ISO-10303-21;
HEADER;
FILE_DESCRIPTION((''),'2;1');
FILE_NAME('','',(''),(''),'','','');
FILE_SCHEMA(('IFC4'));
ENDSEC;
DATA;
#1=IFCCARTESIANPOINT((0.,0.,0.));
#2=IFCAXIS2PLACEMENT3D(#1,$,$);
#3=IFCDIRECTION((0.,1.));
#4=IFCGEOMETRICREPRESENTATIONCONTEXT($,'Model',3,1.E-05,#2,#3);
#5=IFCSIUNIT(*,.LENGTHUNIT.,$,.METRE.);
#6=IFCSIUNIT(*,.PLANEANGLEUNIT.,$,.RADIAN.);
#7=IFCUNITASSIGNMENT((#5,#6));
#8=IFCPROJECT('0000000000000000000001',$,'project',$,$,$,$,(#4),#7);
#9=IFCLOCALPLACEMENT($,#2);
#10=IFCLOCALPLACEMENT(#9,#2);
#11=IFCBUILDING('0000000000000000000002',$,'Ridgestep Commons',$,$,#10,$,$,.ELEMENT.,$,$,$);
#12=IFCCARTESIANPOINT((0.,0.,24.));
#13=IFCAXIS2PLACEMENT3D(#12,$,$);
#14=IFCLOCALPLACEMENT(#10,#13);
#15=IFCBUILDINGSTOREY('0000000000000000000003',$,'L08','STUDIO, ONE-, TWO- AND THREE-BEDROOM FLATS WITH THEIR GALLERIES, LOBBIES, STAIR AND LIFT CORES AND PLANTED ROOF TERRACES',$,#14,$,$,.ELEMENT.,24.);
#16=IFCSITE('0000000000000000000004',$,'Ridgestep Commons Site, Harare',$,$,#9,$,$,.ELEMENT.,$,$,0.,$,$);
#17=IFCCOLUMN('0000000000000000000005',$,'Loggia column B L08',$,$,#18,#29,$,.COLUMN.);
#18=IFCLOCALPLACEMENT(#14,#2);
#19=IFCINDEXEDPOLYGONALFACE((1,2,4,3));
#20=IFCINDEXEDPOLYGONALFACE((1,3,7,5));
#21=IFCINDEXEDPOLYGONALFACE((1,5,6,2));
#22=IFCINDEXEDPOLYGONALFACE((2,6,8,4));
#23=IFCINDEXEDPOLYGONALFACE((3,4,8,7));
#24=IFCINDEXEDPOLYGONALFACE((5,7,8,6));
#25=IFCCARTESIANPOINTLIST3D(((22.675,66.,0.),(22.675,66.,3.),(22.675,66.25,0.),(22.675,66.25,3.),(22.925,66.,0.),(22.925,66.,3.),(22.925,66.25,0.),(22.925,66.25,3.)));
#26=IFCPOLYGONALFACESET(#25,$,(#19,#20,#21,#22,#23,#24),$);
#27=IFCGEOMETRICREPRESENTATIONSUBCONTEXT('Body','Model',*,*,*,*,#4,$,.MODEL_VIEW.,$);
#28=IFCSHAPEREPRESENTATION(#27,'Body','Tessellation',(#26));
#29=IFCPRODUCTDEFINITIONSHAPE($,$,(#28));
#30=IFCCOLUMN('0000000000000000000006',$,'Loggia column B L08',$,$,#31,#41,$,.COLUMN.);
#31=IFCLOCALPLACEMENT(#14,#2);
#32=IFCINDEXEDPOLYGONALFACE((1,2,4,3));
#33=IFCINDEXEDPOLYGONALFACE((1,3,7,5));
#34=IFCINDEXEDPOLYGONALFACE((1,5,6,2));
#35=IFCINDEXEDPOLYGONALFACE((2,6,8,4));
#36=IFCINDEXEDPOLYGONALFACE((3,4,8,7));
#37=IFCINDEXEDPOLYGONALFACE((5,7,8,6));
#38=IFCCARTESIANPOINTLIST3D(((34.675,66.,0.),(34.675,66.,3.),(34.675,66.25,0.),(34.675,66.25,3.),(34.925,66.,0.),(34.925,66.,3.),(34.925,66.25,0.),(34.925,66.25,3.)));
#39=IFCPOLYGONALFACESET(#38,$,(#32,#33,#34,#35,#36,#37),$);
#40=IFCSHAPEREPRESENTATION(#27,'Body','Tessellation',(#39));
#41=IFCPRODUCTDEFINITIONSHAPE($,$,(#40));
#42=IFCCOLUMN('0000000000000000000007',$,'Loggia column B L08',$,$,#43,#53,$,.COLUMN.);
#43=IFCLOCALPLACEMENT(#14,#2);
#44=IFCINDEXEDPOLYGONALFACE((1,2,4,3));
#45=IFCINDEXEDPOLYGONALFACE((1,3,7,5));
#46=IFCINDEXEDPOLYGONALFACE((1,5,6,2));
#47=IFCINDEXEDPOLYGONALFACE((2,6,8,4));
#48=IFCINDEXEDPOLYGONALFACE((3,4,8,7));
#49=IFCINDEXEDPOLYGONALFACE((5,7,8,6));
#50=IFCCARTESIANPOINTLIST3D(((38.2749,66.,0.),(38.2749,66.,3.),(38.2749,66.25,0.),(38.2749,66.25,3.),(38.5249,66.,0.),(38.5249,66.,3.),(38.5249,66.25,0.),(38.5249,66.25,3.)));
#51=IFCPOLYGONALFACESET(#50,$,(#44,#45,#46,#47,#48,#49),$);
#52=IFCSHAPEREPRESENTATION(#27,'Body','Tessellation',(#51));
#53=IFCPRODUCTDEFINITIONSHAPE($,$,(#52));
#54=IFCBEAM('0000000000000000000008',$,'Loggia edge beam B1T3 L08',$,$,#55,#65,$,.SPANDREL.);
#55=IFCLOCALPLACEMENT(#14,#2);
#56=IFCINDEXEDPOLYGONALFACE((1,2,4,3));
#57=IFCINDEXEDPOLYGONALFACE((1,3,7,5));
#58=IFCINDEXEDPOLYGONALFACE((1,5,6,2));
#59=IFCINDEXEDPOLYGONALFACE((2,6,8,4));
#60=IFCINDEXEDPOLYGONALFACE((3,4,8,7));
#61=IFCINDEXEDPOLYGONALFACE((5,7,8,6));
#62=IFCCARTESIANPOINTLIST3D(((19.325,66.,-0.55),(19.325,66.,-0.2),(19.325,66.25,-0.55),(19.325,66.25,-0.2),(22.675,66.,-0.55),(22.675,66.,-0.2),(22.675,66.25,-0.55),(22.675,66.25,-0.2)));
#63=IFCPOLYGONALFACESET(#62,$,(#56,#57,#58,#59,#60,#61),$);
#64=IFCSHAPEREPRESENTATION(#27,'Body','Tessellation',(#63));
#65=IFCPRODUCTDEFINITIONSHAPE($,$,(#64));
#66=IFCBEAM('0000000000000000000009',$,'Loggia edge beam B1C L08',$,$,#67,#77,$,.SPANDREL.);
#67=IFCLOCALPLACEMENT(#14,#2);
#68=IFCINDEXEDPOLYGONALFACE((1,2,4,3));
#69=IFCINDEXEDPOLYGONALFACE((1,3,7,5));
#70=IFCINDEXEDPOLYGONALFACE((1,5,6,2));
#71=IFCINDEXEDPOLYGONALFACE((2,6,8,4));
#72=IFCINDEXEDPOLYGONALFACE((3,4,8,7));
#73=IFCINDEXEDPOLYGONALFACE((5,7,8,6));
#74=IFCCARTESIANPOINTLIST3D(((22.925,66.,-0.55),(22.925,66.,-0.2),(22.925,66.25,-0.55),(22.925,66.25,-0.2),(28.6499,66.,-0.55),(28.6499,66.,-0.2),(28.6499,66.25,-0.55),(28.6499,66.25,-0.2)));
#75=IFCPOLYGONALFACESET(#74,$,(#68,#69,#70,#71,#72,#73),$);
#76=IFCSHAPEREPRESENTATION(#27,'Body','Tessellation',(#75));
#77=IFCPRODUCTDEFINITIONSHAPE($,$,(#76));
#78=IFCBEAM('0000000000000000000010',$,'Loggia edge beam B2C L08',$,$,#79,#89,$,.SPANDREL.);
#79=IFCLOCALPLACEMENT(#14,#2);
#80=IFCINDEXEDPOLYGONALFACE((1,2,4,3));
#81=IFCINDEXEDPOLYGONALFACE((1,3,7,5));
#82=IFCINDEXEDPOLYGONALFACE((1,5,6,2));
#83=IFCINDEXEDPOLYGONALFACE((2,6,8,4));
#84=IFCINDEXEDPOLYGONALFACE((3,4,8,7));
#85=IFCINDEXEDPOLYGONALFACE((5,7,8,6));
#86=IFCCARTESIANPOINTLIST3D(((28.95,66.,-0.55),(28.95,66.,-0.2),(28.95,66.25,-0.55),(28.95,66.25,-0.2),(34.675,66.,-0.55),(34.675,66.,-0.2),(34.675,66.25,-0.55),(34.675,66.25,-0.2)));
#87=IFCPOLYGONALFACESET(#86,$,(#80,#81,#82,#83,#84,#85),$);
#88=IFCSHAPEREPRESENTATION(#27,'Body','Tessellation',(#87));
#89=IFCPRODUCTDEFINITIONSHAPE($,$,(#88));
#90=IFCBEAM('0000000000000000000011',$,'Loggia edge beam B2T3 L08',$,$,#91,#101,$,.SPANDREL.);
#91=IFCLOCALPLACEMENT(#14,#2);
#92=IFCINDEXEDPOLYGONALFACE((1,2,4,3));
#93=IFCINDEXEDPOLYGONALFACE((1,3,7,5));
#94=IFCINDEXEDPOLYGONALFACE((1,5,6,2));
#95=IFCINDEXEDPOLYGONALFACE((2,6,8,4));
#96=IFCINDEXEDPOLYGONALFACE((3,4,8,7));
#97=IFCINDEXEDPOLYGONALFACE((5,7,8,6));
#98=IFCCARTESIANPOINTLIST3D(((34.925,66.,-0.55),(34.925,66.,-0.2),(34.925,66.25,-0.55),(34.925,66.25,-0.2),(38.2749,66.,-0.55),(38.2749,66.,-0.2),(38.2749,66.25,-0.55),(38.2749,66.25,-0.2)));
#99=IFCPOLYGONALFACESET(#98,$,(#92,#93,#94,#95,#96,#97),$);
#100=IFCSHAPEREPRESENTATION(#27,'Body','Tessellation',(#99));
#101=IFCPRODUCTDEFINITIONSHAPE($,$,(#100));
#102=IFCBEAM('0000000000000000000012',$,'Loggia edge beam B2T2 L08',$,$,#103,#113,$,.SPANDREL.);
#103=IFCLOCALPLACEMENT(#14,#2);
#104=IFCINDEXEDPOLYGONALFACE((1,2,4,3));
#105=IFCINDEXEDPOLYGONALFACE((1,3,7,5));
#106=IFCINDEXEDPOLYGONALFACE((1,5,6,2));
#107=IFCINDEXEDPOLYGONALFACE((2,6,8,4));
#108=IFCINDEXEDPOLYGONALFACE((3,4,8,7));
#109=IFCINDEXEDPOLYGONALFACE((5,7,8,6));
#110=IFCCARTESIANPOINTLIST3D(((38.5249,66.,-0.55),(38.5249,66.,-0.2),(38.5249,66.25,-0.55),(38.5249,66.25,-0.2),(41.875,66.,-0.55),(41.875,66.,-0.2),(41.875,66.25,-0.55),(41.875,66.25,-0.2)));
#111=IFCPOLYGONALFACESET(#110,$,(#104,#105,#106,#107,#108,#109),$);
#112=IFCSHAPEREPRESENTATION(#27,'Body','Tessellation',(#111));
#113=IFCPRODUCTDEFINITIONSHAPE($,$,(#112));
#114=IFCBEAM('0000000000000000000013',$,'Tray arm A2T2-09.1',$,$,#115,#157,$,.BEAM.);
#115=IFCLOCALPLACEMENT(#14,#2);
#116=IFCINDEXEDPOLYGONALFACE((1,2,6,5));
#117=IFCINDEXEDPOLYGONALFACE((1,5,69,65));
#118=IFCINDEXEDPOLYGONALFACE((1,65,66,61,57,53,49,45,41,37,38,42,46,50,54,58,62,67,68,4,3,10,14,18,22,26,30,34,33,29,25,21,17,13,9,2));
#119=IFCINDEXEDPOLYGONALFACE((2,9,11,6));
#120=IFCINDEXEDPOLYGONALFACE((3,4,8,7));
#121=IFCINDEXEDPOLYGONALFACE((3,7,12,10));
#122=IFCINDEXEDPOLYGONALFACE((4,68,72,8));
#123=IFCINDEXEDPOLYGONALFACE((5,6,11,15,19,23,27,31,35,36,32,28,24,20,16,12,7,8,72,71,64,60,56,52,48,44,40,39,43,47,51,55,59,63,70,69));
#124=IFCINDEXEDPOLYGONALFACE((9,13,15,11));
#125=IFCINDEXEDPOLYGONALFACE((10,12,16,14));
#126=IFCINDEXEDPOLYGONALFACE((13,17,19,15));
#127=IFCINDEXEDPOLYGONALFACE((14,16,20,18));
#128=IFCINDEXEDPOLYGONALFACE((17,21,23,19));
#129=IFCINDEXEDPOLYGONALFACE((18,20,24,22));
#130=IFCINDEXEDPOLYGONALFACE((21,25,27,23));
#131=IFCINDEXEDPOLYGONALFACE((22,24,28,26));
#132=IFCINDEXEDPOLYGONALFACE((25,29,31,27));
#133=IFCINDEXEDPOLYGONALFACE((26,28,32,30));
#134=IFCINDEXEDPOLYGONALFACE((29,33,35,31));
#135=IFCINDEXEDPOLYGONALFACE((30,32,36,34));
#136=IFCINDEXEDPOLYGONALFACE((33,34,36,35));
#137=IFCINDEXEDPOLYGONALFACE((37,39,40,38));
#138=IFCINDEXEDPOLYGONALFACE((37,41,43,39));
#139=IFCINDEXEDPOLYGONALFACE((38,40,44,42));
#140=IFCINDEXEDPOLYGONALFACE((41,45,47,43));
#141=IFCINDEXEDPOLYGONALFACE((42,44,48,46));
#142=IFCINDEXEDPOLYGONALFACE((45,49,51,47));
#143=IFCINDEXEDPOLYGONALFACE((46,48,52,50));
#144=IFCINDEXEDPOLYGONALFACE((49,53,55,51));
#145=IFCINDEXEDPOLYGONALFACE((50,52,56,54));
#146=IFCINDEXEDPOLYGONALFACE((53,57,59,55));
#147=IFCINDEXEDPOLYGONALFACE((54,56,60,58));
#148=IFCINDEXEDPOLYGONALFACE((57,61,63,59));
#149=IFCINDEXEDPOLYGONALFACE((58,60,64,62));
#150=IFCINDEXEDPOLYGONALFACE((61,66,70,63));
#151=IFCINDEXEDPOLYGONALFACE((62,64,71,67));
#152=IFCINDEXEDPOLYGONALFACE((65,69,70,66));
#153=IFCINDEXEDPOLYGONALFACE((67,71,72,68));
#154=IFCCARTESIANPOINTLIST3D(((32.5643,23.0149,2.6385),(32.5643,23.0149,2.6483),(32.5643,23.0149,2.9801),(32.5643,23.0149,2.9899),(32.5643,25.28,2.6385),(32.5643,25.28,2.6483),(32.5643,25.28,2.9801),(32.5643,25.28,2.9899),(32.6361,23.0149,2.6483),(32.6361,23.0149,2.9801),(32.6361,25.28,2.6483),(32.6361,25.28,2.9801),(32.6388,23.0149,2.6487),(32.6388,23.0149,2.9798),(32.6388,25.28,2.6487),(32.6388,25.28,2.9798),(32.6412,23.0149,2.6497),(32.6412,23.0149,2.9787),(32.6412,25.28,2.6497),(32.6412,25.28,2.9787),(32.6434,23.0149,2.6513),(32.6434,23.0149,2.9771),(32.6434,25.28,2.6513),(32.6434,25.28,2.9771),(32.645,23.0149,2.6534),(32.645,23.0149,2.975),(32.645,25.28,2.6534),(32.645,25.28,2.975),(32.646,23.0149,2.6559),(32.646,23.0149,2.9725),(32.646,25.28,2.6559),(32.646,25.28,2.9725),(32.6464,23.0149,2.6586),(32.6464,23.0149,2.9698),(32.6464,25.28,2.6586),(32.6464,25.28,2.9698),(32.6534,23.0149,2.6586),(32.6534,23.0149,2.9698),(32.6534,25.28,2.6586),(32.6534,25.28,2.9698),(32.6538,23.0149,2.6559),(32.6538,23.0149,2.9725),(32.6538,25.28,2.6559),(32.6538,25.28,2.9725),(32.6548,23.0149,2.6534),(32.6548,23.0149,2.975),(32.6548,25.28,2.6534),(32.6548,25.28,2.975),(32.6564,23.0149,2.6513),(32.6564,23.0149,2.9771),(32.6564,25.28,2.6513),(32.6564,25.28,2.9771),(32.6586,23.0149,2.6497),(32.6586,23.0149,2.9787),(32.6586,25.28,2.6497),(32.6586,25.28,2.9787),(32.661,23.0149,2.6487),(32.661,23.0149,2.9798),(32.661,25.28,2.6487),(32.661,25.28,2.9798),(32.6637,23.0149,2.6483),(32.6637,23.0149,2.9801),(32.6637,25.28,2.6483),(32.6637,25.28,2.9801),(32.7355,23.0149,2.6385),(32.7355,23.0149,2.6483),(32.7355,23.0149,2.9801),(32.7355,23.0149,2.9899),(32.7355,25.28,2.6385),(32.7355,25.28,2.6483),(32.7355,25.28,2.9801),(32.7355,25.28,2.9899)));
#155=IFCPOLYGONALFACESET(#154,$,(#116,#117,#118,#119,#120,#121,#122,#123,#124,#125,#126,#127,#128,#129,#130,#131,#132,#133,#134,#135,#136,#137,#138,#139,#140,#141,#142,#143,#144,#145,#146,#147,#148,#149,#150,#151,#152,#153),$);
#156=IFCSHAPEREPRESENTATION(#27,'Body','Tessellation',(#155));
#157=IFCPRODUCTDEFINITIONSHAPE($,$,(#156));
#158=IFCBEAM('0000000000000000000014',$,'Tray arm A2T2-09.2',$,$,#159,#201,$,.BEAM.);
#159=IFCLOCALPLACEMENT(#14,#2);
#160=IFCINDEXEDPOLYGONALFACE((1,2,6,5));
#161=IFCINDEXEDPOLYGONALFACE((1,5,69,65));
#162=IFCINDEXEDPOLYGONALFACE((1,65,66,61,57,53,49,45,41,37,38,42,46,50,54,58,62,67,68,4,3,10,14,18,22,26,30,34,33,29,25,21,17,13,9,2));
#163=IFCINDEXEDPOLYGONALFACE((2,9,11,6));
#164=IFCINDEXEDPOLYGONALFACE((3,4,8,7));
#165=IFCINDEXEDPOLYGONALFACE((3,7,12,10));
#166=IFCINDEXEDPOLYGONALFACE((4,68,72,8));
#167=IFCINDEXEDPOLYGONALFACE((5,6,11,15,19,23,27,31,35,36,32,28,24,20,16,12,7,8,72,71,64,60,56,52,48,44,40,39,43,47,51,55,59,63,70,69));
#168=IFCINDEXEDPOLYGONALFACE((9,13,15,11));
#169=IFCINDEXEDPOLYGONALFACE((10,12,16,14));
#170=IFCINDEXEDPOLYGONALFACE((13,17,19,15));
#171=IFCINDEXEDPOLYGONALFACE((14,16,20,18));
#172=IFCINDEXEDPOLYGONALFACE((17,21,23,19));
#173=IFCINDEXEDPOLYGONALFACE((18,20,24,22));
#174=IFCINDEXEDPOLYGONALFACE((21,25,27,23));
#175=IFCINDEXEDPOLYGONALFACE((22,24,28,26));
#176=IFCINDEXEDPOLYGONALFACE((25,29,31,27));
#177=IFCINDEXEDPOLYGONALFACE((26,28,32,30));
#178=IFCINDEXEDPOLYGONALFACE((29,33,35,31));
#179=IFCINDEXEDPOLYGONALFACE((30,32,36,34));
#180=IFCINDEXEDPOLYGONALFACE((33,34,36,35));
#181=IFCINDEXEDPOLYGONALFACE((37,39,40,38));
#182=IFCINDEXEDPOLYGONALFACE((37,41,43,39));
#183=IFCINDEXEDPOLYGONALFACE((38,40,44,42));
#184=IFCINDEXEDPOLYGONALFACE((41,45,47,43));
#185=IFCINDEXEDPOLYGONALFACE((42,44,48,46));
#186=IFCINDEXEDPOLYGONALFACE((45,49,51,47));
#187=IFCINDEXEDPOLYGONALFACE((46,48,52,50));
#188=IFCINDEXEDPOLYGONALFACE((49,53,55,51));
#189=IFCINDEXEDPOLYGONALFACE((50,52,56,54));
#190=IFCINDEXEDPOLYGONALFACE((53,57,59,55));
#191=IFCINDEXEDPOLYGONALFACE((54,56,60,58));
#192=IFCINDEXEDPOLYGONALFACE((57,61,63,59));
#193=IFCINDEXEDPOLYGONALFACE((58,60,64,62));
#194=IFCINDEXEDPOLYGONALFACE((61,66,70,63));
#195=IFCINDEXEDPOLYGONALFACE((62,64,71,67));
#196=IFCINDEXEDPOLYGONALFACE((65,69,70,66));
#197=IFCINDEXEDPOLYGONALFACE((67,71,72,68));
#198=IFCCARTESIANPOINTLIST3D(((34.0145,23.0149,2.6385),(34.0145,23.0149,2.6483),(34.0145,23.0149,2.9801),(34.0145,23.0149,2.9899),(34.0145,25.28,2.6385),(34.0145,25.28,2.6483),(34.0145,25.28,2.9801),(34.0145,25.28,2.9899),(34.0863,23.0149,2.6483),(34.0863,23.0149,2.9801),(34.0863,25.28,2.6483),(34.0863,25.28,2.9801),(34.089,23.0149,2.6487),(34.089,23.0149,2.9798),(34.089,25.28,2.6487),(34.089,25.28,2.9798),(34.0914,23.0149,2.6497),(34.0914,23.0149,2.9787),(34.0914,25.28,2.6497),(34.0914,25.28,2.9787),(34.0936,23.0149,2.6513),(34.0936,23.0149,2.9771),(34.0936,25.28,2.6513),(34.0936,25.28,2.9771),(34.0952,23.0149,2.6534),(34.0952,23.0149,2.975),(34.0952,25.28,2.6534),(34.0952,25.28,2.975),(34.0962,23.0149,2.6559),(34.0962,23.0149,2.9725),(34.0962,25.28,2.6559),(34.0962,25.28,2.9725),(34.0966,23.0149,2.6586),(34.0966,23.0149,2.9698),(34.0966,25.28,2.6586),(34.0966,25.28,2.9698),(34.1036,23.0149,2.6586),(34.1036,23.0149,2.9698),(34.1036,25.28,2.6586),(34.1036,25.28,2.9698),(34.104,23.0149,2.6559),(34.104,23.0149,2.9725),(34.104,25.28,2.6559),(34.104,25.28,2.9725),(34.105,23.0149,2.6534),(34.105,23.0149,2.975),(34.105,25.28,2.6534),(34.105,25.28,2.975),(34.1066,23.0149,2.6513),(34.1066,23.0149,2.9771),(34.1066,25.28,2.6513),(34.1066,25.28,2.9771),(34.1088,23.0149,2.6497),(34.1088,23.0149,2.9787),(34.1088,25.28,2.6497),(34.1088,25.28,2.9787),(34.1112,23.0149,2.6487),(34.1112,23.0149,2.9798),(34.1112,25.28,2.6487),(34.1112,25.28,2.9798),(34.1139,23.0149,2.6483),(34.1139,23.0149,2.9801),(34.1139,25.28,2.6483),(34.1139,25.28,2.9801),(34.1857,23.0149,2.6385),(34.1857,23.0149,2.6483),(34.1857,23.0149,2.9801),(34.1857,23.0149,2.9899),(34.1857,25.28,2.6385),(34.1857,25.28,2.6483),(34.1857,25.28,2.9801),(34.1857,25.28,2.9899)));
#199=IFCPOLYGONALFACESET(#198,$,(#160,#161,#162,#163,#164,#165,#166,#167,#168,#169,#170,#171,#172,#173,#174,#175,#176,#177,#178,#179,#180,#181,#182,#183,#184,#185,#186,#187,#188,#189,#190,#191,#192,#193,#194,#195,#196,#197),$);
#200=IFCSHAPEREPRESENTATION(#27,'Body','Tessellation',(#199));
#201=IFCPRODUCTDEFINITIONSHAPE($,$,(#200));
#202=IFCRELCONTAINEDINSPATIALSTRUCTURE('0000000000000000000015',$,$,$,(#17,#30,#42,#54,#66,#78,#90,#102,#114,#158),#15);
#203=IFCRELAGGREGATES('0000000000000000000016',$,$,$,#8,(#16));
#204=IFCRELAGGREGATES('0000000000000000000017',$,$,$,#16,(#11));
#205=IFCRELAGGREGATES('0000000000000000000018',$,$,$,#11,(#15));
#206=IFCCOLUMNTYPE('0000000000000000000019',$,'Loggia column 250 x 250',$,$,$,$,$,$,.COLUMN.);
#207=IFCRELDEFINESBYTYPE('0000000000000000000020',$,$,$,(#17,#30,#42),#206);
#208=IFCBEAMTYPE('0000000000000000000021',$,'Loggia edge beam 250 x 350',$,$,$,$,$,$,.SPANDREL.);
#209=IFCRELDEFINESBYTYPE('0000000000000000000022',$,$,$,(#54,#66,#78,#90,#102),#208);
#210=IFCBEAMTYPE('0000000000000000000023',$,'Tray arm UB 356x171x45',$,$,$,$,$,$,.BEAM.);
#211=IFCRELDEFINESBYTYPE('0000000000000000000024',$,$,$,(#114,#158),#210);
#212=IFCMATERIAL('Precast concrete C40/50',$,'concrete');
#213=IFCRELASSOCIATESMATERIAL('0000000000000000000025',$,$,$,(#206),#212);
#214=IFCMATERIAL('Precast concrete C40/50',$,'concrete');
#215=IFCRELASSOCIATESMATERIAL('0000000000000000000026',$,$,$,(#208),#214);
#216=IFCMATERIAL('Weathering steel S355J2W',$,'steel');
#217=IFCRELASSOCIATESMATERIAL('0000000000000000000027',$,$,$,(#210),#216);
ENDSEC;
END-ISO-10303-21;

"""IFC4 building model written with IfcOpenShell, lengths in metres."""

from ifc_helpers import new_model, si_unit, direction, frame, origin, origin_2d, place, context, subcontext, project, spatial, rectangle, i_section, extrude, material, material_profile, profile_set, type_object, element, save


model = new_model("IFC4")

# Units and contexts
model_context = context("Model", 3, precision=1e-05, world=origin(), true_north=direction((0.0, 1.0)))
body_context = subcontext(model_context, "Body", "Model", "MODEL_VIEW")
ifc_project = project(units=[si_unit("LENGTHUNIT", "METRE"), si_unit("PLANEANGLEUNIT", "RADIAN")], contexts=[model_context])

# Site, building, storey
site_placement = place(None, origin())
site = spatial("IfcSite", under=ifc_project, at=site_placement, Name="Ridgestep Commons Site, Harare", CompositionType="ELEMENT", RefElevation=0.0)
building_placement = place(site_placement, origin())
building = spatial("IfcBuilding", under=site, at=building_placement, Name="Ridgestep Commons", CompositionType="ELEMENT")
storey_placement = place(building_placement, frame((0.0, 0.0, 24.0)))
storey = spatial("IfcBuildingStorey", under=building, at=storey_placement, Name="L08", Description="STUDIO, ONE-, TWO- AND THREE-BEDROOM FLATS WITH THEIR GALLERIES, LOBBIES, STAIR AND LIFT CORES AND PLANTED ROOF TERRACES", CompositionType="ELEMENT", Elevation=24.0)

# Columns
ifc_material_1 = material(Name="Precast concrete C40/50", Category="concrete")
ifc_material_profile_1 = material_profile(ifc_material_1, rectangle(XDim=0.25, YDim=0.25, at=origin_2d()), Name="PC 250x250")
ifc_profile_set_1 = profile_set([ifc_material_profile_1], Name="Precast concrete C40/50")
column_type = type_object("IfcColumnType", Name="Loggia column 250 x 250", PredefinedType="COLUMN", material=ifc_profile_set_1)
for number, where, z_axis, x_axis, name in (
    (1, (22.8, 66.125, 0.0), (0.0, 0.0, 1.0), (1.0, 0.0, 0.0), "Loggia column B L08"),
    (2, (34.8, 66.125, 0.0), (0.0, 0.0, 1.0), (1.0, 0.0, 0.0), "Loggia column B L08"),
    (3, (38.3999, 66.125, 0.0), (0.0, 0.0, 1.0), (1.0, 0.0, 0.0), "Loggia column B L08"),
):
    element("IfcColumn", number, at=place(storey_placement, frame(where, z_axis=z_axis, x_axis=x_axis)), inside=storey, type_object=column_type, Name=name, PredefinedType="COLUMN", context=body_context, shape_type="SweptSolid", body=[
        extrude(rectangle(XDim=0.25, YDim=0.25, at=origin_2d()), origin(), (0.0, 0.0, 1.0), 3.0),
    ])

# Beams
ifc_material_2 = material(Name="Precast concrete C40/50", Category="concrete")
ifc_material_profile_2 = material_profile(ifc_material_2, rectangle(XDim=0.25, YDim=0.3501, at=origin_2d()), Name="PC 250x350")
ifc_profile_set_2 = profile_set([ifc_material_profile_2], Name="Precast concrete C40/50")
beam_type_1 = type_object("IfcBeamType", Name="Loggia edge beam 250 x 350", PredefinedType="SPANDREL", material=ifc_profile_set_2)
beam_1_placement = place(storey_placement, frame((19.325, 66.125, -0.375), z_axis=(1.0, 0.0, 0.0), x_axis=(0.0, 1.0, 0.0)))
element("IfcBeam", 4, at=beam_1_placement, inside=storey, type_object=beam_type_1, Name="Loggia edge beam B1T3 L08", PredefinedType="SPANDREL", context=body_context, shape_type="SweptSolid", body=[
    extrude(rectangle(XDim=0.25, YDim=0.3501, at=origin_2d()), origin(), (0.0, 0.0, 1.0), 3.3501),
])
beam_2_placement = place(storey_placement, frame((22.925, 66.125, -0.375), z_axis=(1.0, 0.0, 0.0), x_axis=(0.0, 1.0, 0.0)))
element("IfcBeam", 5, at=beam_2_placement, inside=storey, type_object=beam_type_1, Name="Loggia edge beam B1C L08", PredefinedType="SPANDREL", context=body_context, shape_type="SweptSolid", body=[
    extrude(rectangle(XDim=0.25, YDim=0.3501, at=origin_2d()), origin(), (0.0, 0.0, 1.0), 5.7249),
])
beam_3_placement = place(storey_placement, frame((28.95, 66.125, -0.375), z_axis=(1.0, 0.0, 0.0), x_axis=(0.0, 1.0, 0.0)))
element("IfcBeam", 6, at=beam_3_placement, inside=storey, type_object=beam_type_1, Name="Loggia edge beam B2C L08", PredefinedType="SPANDREL", context=body_context, shape_type="SweptSolid", body=[
    extrude(rectangle(XDim=0.25, YDim=0.3501, at=origin_2d()), origin(), (0.0, 0.0, 1.0), 5.7251),
])
beam_4_placement = place(storey_placement, frame((34.925, 66.125, -0.375), z_axis=(1.0, 0.0, 0.0), x_axis=(0.0, 1.0, 0.0)))
element("IfcBeam", 7, at=beam_4_placement, inside=storey, type_object=beam_type_1, Name="Loggia edge beam B2T3 L08", PredefinedType="SPANDREL", context=body_context, shape_type="SweptSolid", body=[
    extrude(rectangle(XDim=0.25, YDim=0.3501, at=origin_2d()), origin(), (0.0, 0.0, 1.0), 3.3499),
])
beam_5_placement = place(storey_placement, frame((38.5249, 66.125, -0.375), z_axis=(1.0, 0.0, 0.0), x_axis=(0.0, 1.0, 0.0)))
element("IfcBeam", 8, at=beam_5_placement, inside=storey, type_object=beam_type_1, Name="Loggia edge beam B2T2 L08", PredefinedType="SPANDREL", context=body_context, shape_type="SweptSolid", body=[
    extrude(rectangle(XDim=0.25, YDim=0.3501, at=origin_2d()), origin(), (0.0, 0.0, 1.0), 3.3501),
])
ifc_material_3 = material(Name="Weathering steel S355J2W", Category="steel")
ifc_material_profile_3 = material_profile(ifc_material_3, i_section(OverallWidth=0.1711, OverallDepth=0.3513, WebThickness=0.0071, FlangeThickness=0.0098, FilletRadius=0.0103, at=origin_2d()), Name="UB 356x171x45")
ifc_profile_set_3 = profile_set([ifc_material_profile_3], Name="Weathering steel S355J2W")
beam_type_2 = type_object("IfcBeamType", Name="Tray arm UB 356x171x45", PredefinedType="BEAM", material=ifc_profile_set_3)
for number, where, z_axis, x_axis, name in (
    (9, (32.6499, 23.0149, 2.8142), (0.0, 1.0, 0.0), (-1.0, 0.0, 0.0), "Tray arm A2T2-09.1"),
    (10, (34.1001, 23.0149, 2.8142), (0.0, 1.0, 0.0), (-1.0, 0.0, 0.0), "Tray arm A2T2-09.2"),
):
    element("IfcBeam", number, at=place(storey_placement, frame(where, z_axis=z_axis, x_axis=x_axis)), inside=storey, type_object=beam_type_2, Name=name, PredefinedType="BEAM", context=body_context, shape_type="SweptSolid", body=[
        extrude(i_section(OverallWidth=0.1711, OverallDepth=0.3513, WebThickness=0.0071, FlangeThickness=0.0098, FilletRadius=0.0103, at=origin_2d()), origin(), (0.0, 0.0, 1.0), 2.2651),
    ])

save(model, "model.ifc")
